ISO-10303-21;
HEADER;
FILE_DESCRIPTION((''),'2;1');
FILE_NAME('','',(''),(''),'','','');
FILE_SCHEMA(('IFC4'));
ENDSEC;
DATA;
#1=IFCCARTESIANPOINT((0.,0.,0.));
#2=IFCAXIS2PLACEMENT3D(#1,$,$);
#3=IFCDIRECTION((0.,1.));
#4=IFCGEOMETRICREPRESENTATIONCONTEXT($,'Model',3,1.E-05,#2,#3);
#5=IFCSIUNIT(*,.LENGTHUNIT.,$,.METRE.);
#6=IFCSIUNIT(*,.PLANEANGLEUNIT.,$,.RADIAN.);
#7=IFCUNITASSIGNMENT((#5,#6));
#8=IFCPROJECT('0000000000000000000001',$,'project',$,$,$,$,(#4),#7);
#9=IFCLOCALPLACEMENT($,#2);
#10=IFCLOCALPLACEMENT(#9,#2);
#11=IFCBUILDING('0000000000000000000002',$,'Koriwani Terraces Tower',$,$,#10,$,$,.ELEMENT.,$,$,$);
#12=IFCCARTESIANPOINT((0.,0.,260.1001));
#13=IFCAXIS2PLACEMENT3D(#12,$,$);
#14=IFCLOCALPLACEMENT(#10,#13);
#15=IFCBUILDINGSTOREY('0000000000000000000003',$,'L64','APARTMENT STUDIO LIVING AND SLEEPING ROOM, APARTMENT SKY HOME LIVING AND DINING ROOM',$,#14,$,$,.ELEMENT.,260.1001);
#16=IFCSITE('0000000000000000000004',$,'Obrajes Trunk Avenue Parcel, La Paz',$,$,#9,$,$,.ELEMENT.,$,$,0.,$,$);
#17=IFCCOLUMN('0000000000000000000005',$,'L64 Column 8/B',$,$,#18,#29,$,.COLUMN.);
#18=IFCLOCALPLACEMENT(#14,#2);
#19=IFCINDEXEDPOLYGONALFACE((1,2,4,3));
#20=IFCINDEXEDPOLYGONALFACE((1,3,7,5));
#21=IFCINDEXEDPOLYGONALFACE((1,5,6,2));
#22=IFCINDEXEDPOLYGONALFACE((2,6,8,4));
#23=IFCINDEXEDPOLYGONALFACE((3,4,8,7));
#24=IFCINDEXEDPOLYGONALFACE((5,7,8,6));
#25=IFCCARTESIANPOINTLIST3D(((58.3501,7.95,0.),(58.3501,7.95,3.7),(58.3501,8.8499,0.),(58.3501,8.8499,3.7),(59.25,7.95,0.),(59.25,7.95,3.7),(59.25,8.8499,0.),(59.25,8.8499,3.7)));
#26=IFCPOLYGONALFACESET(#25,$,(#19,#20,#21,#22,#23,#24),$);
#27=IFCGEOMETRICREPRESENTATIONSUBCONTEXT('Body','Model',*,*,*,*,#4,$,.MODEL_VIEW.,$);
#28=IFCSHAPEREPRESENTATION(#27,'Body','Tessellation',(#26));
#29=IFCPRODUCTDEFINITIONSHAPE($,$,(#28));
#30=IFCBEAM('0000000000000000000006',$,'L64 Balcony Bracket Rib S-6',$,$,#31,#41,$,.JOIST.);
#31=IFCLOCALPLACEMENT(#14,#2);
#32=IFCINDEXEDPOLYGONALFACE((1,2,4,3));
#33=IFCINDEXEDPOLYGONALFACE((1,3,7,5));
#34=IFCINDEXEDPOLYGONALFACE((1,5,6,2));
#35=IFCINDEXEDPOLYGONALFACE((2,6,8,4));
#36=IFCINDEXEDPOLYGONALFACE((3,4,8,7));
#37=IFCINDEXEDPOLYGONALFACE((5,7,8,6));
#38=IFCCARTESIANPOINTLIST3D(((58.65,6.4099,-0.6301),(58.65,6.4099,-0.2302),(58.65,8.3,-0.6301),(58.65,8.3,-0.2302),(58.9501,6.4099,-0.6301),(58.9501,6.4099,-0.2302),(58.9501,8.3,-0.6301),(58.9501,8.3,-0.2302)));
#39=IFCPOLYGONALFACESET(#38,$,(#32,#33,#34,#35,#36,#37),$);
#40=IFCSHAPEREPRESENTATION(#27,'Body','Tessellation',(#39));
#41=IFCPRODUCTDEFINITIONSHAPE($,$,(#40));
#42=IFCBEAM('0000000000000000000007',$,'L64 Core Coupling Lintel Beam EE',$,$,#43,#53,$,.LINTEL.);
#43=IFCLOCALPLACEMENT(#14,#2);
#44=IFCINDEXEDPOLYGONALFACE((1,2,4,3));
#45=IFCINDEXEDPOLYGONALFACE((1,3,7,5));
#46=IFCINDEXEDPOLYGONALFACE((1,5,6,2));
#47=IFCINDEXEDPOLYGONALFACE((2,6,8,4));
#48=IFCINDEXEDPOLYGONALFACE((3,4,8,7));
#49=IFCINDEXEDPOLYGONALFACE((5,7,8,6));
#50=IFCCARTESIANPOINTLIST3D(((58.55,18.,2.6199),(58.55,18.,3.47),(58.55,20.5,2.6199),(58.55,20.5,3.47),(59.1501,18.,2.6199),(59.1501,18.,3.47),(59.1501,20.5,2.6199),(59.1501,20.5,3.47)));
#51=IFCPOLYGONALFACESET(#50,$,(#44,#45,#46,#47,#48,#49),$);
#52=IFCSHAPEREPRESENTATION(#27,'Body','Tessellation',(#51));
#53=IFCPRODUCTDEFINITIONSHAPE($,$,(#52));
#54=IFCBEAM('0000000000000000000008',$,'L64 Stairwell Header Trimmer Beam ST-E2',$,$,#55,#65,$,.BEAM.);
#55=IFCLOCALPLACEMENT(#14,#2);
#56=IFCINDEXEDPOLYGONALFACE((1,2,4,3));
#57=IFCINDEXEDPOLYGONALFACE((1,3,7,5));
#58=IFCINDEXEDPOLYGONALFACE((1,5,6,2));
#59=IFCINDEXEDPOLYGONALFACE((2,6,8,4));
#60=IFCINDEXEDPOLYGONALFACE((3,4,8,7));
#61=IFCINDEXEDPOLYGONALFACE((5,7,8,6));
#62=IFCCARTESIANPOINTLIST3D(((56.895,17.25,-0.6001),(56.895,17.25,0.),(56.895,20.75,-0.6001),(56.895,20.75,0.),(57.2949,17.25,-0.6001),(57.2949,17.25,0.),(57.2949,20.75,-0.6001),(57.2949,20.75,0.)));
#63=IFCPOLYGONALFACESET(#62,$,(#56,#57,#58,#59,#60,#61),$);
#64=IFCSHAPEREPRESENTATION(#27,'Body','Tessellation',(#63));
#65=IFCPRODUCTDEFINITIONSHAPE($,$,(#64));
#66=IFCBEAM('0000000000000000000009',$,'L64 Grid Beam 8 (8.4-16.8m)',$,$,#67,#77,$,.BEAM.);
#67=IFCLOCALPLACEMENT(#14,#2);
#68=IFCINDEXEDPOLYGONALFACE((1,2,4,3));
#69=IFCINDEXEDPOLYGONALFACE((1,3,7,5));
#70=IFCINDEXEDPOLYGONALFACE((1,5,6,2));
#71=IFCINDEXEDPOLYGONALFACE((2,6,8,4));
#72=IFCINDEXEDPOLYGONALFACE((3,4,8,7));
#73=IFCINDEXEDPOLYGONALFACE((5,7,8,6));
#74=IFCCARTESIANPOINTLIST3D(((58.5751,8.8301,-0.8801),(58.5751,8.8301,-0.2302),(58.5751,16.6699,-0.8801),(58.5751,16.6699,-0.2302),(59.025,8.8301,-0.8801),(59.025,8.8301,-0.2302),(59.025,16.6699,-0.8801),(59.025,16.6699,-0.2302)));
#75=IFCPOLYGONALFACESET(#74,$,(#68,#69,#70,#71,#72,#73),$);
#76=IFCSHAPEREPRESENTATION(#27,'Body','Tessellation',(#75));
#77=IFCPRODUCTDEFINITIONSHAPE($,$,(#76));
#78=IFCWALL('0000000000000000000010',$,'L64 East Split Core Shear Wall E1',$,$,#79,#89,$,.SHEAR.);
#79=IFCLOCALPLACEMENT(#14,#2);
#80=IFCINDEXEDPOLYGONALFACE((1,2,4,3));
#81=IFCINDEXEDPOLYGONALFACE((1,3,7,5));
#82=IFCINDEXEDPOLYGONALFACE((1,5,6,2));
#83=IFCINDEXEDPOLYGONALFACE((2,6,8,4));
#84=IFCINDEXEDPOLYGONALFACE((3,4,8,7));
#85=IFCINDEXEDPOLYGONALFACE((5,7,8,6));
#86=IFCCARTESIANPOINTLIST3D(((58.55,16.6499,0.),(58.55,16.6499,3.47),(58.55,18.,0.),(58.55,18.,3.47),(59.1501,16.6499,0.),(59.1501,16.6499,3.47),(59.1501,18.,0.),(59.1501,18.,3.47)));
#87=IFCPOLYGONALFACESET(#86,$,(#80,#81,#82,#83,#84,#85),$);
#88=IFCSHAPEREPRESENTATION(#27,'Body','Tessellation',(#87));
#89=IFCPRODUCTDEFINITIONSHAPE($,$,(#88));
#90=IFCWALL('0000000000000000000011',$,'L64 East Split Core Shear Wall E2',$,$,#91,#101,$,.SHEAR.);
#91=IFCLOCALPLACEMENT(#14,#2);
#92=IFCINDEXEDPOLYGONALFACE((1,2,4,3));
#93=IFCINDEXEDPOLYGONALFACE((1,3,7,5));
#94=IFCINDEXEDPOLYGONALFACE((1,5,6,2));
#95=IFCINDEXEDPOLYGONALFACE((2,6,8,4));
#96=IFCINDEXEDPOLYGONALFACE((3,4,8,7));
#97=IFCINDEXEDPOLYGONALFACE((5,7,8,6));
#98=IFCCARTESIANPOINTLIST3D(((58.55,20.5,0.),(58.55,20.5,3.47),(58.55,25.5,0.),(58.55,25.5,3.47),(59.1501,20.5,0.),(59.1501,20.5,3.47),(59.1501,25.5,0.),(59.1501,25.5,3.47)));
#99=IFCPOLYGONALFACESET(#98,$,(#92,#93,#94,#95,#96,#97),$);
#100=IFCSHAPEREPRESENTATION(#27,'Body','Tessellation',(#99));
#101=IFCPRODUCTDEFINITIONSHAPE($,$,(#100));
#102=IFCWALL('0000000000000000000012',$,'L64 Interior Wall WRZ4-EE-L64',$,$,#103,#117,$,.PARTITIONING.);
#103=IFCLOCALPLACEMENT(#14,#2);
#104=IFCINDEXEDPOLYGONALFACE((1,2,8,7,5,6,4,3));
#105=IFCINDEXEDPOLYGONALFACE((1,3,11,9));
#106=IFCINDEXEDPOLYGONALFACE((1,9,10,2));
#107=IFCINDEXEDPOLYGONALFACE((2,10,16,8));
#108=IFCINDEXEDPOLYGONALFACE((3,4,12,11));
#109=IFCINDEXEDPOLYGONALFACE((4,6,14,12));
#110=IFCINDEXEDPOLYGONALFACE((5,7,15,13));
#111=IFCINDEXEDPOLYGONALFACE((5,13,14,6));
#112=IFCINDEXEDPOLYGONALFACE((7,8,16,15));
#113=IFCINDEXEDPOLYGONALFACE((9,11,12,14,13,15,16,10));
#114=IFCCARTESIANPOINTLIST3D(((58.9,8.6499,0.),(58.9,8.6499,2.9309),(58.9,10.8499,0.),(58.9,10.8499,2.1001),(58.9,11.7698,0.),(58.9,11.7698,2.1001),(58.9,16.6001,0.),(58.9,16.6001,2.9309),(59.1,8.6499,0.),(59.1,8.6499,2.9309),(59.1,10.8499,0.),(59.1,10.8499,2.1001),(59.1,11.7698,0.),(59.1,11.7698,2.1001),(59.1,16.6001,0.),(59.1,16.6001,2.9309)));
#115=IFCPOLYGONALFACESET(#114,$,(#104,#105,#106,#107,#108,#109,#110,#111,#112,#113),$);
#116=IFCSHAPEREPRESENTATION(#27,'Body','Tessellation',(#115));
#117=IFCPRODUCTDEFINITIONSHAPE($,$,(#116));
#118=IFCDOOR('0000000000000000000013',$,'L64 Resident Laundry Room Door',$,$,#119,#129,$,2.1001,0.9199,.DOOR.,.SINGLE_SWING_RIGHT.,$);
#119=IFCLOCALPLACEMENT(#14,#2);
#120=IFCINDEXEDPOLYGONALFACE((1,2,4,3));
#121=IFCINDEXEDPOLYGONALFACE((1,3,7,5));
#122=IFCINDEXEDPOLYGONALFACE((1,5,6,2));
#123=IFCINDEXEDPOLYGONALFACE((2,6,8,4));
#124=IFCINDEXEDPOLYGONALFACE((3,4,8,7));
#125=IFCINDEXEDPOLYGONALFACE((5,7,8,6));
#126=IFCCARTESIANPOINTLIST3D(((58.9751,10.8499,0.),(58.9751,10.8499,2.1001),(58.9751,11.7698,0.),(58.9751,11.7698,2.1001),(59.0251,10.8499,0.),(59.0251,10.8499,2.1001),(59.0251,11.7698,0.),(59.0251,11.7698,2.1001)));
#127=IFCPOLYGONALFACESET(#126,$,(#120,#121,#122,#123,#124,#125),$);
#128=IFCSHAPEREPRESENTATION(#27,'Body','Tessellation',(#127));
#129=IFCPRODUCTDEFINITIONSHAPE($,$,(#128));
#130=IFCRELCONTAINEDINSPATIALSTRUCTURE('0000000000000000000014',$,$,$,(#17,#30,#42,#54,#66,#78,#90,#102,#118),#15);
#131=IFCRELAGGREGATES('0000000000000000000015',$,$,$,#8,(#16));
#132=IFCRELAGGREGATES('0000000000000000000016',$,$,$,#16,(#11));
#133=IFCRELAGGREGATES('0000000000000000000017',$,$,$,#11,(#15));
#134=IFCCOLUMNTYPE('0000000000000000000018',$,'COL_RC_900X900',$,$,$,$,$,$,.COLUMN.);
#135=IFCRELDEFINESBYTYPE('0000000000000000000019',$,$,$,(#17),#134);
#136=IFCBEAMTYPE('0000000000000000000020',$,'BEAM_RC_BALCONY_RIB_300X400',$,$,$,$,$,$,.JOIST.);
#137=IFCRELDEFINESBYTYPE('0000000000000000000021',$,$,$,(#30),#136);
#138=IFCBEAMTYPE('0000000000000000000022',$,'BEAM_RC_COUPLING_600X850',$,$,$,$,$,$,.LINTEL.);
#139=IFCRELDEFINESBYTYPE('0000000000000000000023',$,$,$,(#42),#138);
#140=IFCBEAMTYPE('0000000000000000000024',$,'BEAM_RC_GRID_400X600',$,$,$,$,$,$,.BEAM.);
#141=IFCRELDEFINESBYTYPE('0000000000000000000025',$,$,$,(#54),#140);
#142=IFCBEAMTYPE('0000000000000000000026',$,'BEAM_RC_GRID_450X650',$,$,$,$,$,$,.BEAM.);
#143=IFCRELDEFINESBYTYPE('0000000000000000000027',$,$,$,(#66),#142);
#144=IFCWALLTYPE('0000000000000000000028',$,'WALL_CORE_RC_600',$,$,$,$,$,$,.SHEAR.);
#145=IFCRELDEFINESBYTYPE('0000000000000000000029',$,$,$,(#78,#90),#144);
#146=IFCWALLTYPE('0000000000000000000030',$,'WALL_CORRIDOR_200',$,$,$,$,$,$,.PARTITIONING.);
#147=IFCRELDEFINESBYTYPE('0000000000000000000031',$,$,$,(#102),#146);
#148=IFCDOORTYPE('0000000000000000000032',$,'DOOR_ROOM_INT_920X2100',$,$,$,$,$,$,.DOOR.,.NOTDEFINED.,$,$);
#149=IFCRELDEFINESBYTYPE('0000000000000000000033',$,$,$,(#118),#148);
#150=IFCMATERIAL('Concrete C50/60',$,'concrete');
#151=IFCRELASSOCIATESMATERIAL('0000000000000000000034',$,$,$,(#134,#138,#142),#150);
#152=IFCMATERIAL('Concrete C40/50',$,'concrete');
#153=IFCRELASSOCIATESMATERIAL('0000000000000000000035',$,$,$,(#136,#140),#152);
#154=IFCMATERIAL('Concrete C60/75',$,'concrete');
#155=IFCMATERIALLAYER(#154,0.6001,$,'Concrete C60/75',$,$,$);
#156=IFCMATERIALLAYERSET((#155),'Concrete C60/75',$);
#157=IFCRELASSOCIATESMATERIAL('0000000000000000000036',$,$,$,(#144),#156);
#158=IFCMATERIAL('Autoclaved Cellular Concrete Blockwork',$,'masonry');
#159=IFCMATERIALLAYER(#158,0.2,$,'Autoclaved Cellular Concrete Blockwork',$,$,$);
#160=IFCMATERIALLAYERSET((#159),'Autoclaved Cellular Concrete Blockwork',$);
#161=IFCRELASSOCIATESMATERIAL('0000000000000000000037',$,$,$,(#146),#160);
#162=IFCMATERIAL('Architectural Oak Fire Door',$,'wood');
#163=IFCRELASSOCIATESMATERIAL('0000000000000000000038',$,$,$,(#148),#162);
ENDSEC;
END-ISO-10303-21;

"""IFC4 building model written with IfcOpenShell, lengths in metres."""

from ifc_helpers import new_model, si_unit, direction, frame, frame_2d, origin, origin_2d, place, context, subcontext, project, spatial, rectangle, extrude, material, layer, layer_set, material_profile, profile_set, type_object, element, fill, save


model = new_model("IFC4")

# Units and contexts
model_context = context("Model", 3, precision=1e-05, world=origin(), true_north=direction((0.0, 1.0)))
body_context = subcontext(model_context, "Body", "Model", "MODEL_VIEW")
ifc_project = project(units=[si_unit("LENGTHUNIT", "METRE"), si_unit("PLANEANGLEUNIT", "RADIAN")], contexts=[model_context])

# Site, building, storey
site_placement = place(None, origin())
site = spatial("IfcSite", under=ifc_project, at=site_placement, Name="Obrajes Trunk Avenue Parcel, La Paz", CompositionType="ELEMENT", RefElevation=0.0)
building_placement = place(site_placement, origin())
building = spatial("IfcBuilding", under=site, at=building_placement, Name="Koriwani Terraces Tower", CompositionType="ELEMENT")
storey_placement = place(building_placement, frame((0.0, 0.0, 260.1001)))
storey = spatial("IfcBuildingStorey", under=building, at=storey_placement, Name="L64", Description="APARTMENT STUDIO LIVING AND SLEEPING ROOM, APARTMENT SKY HOME LIVING AND DINING ROOM", CompositionType="ELEMENT", Elevation=260.1001)

# Column
ifc_material_1 = material(Name="Concrete C50/60", Category="concrete")
ifc_material_profile_1 = material_profile(ifc_material_1, rectangle(XDim=0.8999, YDim=0.8999, at=origin_2d()), Name="Concrete C50/60", Category="LoadBearing")
ifc_profile_set_1 = profile_set([ifc_material_profile_1], Name="Concrete C50/60")
column_type = type_object("IfcColumnType", Name="COL_RC_900X900", PredefinedType="COLUMN", material=ifc_profile_set_1)
column_placement = place(storey_placement, frame((58.8, 8.3999, 0.0), z_axis=(0.0, 0.0, 1.0), x_axis=(1.0, 0.0, 0.0)))
element("IfcColumn", 1, at=column_placement, inside=storey, type_object=column_type, Name="L64 Column 8/B", PredefinedType="COLUMN", context=body_context, shape_type="SweptSolid", body=[
    extrude(rectangle(XDim=0.8999, YDim=0.8999, at=origin_2d()), origin(), (0.0, 0.0, 1.0), 3.7),
])

# Beams
ifc_material_2 = material(Name="Concrete C40/50", Category="concrete")
ifc_material_profile_2 = material_profile(ifc_material_2, rectangle(XDim=0.3, YDim=0.3999, at=origin_2d()), Name="Concrete C40/50", Category="LoadBearing")
ifc_profile_set_2 = profile_set([ifc_material_profile_2], Name="Concrete C40/50")
beam_type_1 = type_object("IfcBeamType", Name="BEAM_RC_BALCONY_RIB_300X400", PredefinedType="JOIST", material=ifc_profile_set_2)
beam_1_placement = place(storey_placement, frame((58.8, 6.4099, -0.4302), z_axis=(0.0, 1.0, 0.0), x_axis=(-1.0, 0.0, 0.0)))
element("IfcBeam", 2, at=beam_1_placement, inside=storey, type_object=beam_type_1, Name="L64 Balcony Bracket Rib S-6", PredefinedType="JOIST", context=body_context, shape_type="SweptSolid", body=[
    extrude(rectangle(XDim=0.3, YDim=0.3999, at=origin_2d()), origin(), (0.0, 0.0, 1.0), 1.8901),
])
ifc_material_profile_3 = material_profile(ifc_material_1, rectangle(XDim=0.6001, YDim=0.8501, at=origin_2d()), Name="Concrete C50/60", Category="LoadBearing")
ifc_profile_set_3 = profile_set([ifc_material_profile_3], Name="Concrete C50/60")
beam_type_2 = type_object("IfcBeamType", Name="BEAM_RC_COUPLING_600X850", PredefinedType="LINTEL", material=ifc_profile_set_3)
beam_2_placement = place(storey_placement, frame((58.8501, 18.0, 3.0449), z_axis=(0.0, 1.0, 0.0), x_axis=(-1.0, 0.0, 0.0)))
element("IfcBeam", 3, at=beam_2_placement, inside=storey, type_object=beam_type_2, Name="L64 Core Coupling Lintel Beam EE", PredefinedType="LINTEL", context=body_context, shape_type="SweptSolid", body=[
    extrude(rectangle(XDim=0.6001, YDim=0.8501, at=origin_2d()), origin(), (0.0, 0.0, 1.0), 2.5),
])
ifc_material_profile_4 = material_profile(ifc_material_2, rectangle(XDim=0.3999, YDim=0.6001, at=origin_2d()), Name="Concrete C40/50", Category="LoadBearing")
ifc_profile_set_4 = profile_set([ifc_material_profile_4], Name="Concrete C40/50")
beam_type_3 = type_object("IfcBeamType", Name="BEAM_RC_GRID_400X600", PredefinedType="BEAM", material=ifc_profile_set_4)
beam_3_placement = place(storey_placement, frame((57.095, 17.25, -0.3), z_axis=(0.0, 1.0, 0.0), x_axis=(-1.0, 0.0, 0.0)))
element("IfcBeam", 4, at=beam_3_placement, inside=storey, type_object=beam_type_3, Name="L64 Stairwell Header Trimmer Beam ST-E2", PredefinedType="BEAM", context=body_context, shape_type="SweptSolid", body=[
    extrude(rectangle(XDim=0.3999, YDim=0.6001, at=origin_2d()), origin(), (0.0, 0.0, 1.0), 3.5),
])
ifc_material_profile_5 = material_profile(ifc_material_1, rectangle(XDim=0.45, YDim=0.6499, at=origin_2d()), Name="Concrete C50/60", Category="LoadBearing")
ifc_profile_set_5 = profile_set([ifc_material_profile_5], Name="Concrete C50/60")
beam_type_4 = type_object("IfcBeamType", Name="BEAM_RC_GRID_450X650", PredefinedType="BEAM", material=ifc_profile_set_5)
beam_4_placement = place(storey_placement, frame((58.8, 8.8301, -0.5552), z_axis=(0.0, 1.0, 0.0), x_axis=(-1.0, 0.0, 0.0)))
element("IfcBeam", 5, at=beam_4_placement, inside=storey, type_object=beam_type_4, Name="L64 Grid Beam 8 (8.4-16.8m)", PredefinedType="BEAM", context=body_context, shape_type="SweptSolid", body=[
    extrude(rectangle(XDim=0.45, YDim=0.6499, at=origin_2d()), origin(), (0.0, 0.0, 1.0), 7.8398),
])

# Walls
ifc_material_3 = material(Name="Concrete C60/75", Category="concrete")
ifc_layer_1 = layer(ifc_material_3, 0.6001, Name="Concrete C60/75")
ifc_layer_set_1 = layer_set([ifc_layer_1], Name="Concrete C60/75")
wall_type_1 = type_object("IfcWallType", Name="WALL_CORE_RC_600", PredefinedType="SHEAR", material=ifc_layer_set_1)
wall_1_placement = place(storey_placement, frame((58.8501, 16.6499, 0.0), z_axis=(0.0, 0.0, 1.0), x_axis=(0.0, 1.0, 0.0)))
element("IfcWall", 6, at=wall_1_placement, inside=storey, type_object=wall_type_1, Name="L64 East Split Core Shear Wall E1", PredefinedType="SHEAR", context=body_context, shape_type="SweptSolid", body=[
    extrude(rectangle(XDim=1.3501, YDim=0.6001, at=frame_2d((0.675, 0.0))), origin(), (0.0, 0.0, 1.0), 3.47),
])
wall_2_placement = place(storey_placement, frame((58.8501, 20.5, 0.0), z_axis=(0.0, 0.0, 1.0), x_axis=(0.0, 1.0, 0.0)))
element("IfcWall", 7, at=wall_2_placement, inside=storey, type_object=wall_type_1, Name="L64 East Split Core Shear Wall E2", PredefinedType="SHEAR", context=body_context, shape_type="SweptSolid", body=[
    extrude(rectangle(XDim=5.0, YDim=0.6001, at=frame_2d((2.5, 0.0))), origin(), (0.0, 0.0, 1.0), 3.47),
])

# Wall, opening, door
ifc_material_4 = material(Name="Autoclaved Cellular Concrete Blockwork", Category="masonry")
ifc_layer_2 = layer(ifc_material_4, 0.2, Name="Autoclaved Cellular Concrete Blockwork")
ifc_layer_set_2 = layer_set([ifc_layer_2], Name="Autoclaved Cellular Concrete Blockwork")
wall_type_2 = type_object("IfcWallType", Name="WALL_CORRIDOR_200", PredefinedType="PARTITIONING", material=ifc_layer_set_2)
wall_3_placement = place(storey_placement, frame((59.0, 8.6499, 0.0), z_axis=(0.0, 0.0, 1.0), x_axis=(0.0, 1.0, 0.0)))
wall_3 = element("IfcWall", 8, at=wall_3_placement, inside=storey, type_object=wall_type_2, Name="L64 Interior Wall WRZ4-EE-L64", PredefinedType="PARTITIONING", context=body_context, shape_type="SweptSolid", body=[
    extrude(rectangle(XDim=7.9502, YDim=0.2, at=frame_2d((3.9751, 0.0))), origin(), (0.0, 0.0, 1.0), 2.9309),
])
opening_1_placement = place(wall_3_placement, frame((2.2, 0.0, 0.0)))
opening_1 = element("IfcOpeningElement", 9, at=opening_1_placement, cuts=wall_3, PredefinedType="OPENING", context=body_context, shape_type="SweptSolid", body=[
    extrude(rectangle(XDim=0.9199, YDim=2.1001, at=frame_2d((0.46, 1.05))), frame((0.0, 0.1099, 0.0), z_axis=(0.0, -1.0, 0.0), x_axis=(1.0, 0.0, 0.0)), (0.0, 0.0, 1.0), 0.22),
])
ifc_material_5 = material(Name="Architectural Oak Fire Door", Category="wood")
door_type_1 = type_object("IfcDoorType", Name="DOOR_ROOM_INT_920X2100", OperationType="NOTDEFINED", PredefinedType="DOOR", material=ifc_material_5)
door_1_placement = place(opening_1_placement, origin())
door_1 = element("IfcDoor", 10, at=door_1_placement, inside=storey, type_object=door_type_1, Name="L64 Resident Laundry Room Door", OperationType="SINGLE_SWING_RIGHT", OverallHeight=2.1001, OverallWidth=0.9199, PredefinedType="DOOR", context=body_context, shape_type="SweptSolid", body=[
    extrude(rectangle(XDim=0.9199, YDim=2.1001, at=frame_2d((0.46, 1.05))), frame((0.0, 0.0249, 0.0), z_axis=(0.0, -1.0, 0.0), x_axis=(1.0, 0.0, 0.0)), (0.0, 0.0, 1.0), 0.05),
])
fill(opening_1, door_1)

save(model, "model.ifc")
